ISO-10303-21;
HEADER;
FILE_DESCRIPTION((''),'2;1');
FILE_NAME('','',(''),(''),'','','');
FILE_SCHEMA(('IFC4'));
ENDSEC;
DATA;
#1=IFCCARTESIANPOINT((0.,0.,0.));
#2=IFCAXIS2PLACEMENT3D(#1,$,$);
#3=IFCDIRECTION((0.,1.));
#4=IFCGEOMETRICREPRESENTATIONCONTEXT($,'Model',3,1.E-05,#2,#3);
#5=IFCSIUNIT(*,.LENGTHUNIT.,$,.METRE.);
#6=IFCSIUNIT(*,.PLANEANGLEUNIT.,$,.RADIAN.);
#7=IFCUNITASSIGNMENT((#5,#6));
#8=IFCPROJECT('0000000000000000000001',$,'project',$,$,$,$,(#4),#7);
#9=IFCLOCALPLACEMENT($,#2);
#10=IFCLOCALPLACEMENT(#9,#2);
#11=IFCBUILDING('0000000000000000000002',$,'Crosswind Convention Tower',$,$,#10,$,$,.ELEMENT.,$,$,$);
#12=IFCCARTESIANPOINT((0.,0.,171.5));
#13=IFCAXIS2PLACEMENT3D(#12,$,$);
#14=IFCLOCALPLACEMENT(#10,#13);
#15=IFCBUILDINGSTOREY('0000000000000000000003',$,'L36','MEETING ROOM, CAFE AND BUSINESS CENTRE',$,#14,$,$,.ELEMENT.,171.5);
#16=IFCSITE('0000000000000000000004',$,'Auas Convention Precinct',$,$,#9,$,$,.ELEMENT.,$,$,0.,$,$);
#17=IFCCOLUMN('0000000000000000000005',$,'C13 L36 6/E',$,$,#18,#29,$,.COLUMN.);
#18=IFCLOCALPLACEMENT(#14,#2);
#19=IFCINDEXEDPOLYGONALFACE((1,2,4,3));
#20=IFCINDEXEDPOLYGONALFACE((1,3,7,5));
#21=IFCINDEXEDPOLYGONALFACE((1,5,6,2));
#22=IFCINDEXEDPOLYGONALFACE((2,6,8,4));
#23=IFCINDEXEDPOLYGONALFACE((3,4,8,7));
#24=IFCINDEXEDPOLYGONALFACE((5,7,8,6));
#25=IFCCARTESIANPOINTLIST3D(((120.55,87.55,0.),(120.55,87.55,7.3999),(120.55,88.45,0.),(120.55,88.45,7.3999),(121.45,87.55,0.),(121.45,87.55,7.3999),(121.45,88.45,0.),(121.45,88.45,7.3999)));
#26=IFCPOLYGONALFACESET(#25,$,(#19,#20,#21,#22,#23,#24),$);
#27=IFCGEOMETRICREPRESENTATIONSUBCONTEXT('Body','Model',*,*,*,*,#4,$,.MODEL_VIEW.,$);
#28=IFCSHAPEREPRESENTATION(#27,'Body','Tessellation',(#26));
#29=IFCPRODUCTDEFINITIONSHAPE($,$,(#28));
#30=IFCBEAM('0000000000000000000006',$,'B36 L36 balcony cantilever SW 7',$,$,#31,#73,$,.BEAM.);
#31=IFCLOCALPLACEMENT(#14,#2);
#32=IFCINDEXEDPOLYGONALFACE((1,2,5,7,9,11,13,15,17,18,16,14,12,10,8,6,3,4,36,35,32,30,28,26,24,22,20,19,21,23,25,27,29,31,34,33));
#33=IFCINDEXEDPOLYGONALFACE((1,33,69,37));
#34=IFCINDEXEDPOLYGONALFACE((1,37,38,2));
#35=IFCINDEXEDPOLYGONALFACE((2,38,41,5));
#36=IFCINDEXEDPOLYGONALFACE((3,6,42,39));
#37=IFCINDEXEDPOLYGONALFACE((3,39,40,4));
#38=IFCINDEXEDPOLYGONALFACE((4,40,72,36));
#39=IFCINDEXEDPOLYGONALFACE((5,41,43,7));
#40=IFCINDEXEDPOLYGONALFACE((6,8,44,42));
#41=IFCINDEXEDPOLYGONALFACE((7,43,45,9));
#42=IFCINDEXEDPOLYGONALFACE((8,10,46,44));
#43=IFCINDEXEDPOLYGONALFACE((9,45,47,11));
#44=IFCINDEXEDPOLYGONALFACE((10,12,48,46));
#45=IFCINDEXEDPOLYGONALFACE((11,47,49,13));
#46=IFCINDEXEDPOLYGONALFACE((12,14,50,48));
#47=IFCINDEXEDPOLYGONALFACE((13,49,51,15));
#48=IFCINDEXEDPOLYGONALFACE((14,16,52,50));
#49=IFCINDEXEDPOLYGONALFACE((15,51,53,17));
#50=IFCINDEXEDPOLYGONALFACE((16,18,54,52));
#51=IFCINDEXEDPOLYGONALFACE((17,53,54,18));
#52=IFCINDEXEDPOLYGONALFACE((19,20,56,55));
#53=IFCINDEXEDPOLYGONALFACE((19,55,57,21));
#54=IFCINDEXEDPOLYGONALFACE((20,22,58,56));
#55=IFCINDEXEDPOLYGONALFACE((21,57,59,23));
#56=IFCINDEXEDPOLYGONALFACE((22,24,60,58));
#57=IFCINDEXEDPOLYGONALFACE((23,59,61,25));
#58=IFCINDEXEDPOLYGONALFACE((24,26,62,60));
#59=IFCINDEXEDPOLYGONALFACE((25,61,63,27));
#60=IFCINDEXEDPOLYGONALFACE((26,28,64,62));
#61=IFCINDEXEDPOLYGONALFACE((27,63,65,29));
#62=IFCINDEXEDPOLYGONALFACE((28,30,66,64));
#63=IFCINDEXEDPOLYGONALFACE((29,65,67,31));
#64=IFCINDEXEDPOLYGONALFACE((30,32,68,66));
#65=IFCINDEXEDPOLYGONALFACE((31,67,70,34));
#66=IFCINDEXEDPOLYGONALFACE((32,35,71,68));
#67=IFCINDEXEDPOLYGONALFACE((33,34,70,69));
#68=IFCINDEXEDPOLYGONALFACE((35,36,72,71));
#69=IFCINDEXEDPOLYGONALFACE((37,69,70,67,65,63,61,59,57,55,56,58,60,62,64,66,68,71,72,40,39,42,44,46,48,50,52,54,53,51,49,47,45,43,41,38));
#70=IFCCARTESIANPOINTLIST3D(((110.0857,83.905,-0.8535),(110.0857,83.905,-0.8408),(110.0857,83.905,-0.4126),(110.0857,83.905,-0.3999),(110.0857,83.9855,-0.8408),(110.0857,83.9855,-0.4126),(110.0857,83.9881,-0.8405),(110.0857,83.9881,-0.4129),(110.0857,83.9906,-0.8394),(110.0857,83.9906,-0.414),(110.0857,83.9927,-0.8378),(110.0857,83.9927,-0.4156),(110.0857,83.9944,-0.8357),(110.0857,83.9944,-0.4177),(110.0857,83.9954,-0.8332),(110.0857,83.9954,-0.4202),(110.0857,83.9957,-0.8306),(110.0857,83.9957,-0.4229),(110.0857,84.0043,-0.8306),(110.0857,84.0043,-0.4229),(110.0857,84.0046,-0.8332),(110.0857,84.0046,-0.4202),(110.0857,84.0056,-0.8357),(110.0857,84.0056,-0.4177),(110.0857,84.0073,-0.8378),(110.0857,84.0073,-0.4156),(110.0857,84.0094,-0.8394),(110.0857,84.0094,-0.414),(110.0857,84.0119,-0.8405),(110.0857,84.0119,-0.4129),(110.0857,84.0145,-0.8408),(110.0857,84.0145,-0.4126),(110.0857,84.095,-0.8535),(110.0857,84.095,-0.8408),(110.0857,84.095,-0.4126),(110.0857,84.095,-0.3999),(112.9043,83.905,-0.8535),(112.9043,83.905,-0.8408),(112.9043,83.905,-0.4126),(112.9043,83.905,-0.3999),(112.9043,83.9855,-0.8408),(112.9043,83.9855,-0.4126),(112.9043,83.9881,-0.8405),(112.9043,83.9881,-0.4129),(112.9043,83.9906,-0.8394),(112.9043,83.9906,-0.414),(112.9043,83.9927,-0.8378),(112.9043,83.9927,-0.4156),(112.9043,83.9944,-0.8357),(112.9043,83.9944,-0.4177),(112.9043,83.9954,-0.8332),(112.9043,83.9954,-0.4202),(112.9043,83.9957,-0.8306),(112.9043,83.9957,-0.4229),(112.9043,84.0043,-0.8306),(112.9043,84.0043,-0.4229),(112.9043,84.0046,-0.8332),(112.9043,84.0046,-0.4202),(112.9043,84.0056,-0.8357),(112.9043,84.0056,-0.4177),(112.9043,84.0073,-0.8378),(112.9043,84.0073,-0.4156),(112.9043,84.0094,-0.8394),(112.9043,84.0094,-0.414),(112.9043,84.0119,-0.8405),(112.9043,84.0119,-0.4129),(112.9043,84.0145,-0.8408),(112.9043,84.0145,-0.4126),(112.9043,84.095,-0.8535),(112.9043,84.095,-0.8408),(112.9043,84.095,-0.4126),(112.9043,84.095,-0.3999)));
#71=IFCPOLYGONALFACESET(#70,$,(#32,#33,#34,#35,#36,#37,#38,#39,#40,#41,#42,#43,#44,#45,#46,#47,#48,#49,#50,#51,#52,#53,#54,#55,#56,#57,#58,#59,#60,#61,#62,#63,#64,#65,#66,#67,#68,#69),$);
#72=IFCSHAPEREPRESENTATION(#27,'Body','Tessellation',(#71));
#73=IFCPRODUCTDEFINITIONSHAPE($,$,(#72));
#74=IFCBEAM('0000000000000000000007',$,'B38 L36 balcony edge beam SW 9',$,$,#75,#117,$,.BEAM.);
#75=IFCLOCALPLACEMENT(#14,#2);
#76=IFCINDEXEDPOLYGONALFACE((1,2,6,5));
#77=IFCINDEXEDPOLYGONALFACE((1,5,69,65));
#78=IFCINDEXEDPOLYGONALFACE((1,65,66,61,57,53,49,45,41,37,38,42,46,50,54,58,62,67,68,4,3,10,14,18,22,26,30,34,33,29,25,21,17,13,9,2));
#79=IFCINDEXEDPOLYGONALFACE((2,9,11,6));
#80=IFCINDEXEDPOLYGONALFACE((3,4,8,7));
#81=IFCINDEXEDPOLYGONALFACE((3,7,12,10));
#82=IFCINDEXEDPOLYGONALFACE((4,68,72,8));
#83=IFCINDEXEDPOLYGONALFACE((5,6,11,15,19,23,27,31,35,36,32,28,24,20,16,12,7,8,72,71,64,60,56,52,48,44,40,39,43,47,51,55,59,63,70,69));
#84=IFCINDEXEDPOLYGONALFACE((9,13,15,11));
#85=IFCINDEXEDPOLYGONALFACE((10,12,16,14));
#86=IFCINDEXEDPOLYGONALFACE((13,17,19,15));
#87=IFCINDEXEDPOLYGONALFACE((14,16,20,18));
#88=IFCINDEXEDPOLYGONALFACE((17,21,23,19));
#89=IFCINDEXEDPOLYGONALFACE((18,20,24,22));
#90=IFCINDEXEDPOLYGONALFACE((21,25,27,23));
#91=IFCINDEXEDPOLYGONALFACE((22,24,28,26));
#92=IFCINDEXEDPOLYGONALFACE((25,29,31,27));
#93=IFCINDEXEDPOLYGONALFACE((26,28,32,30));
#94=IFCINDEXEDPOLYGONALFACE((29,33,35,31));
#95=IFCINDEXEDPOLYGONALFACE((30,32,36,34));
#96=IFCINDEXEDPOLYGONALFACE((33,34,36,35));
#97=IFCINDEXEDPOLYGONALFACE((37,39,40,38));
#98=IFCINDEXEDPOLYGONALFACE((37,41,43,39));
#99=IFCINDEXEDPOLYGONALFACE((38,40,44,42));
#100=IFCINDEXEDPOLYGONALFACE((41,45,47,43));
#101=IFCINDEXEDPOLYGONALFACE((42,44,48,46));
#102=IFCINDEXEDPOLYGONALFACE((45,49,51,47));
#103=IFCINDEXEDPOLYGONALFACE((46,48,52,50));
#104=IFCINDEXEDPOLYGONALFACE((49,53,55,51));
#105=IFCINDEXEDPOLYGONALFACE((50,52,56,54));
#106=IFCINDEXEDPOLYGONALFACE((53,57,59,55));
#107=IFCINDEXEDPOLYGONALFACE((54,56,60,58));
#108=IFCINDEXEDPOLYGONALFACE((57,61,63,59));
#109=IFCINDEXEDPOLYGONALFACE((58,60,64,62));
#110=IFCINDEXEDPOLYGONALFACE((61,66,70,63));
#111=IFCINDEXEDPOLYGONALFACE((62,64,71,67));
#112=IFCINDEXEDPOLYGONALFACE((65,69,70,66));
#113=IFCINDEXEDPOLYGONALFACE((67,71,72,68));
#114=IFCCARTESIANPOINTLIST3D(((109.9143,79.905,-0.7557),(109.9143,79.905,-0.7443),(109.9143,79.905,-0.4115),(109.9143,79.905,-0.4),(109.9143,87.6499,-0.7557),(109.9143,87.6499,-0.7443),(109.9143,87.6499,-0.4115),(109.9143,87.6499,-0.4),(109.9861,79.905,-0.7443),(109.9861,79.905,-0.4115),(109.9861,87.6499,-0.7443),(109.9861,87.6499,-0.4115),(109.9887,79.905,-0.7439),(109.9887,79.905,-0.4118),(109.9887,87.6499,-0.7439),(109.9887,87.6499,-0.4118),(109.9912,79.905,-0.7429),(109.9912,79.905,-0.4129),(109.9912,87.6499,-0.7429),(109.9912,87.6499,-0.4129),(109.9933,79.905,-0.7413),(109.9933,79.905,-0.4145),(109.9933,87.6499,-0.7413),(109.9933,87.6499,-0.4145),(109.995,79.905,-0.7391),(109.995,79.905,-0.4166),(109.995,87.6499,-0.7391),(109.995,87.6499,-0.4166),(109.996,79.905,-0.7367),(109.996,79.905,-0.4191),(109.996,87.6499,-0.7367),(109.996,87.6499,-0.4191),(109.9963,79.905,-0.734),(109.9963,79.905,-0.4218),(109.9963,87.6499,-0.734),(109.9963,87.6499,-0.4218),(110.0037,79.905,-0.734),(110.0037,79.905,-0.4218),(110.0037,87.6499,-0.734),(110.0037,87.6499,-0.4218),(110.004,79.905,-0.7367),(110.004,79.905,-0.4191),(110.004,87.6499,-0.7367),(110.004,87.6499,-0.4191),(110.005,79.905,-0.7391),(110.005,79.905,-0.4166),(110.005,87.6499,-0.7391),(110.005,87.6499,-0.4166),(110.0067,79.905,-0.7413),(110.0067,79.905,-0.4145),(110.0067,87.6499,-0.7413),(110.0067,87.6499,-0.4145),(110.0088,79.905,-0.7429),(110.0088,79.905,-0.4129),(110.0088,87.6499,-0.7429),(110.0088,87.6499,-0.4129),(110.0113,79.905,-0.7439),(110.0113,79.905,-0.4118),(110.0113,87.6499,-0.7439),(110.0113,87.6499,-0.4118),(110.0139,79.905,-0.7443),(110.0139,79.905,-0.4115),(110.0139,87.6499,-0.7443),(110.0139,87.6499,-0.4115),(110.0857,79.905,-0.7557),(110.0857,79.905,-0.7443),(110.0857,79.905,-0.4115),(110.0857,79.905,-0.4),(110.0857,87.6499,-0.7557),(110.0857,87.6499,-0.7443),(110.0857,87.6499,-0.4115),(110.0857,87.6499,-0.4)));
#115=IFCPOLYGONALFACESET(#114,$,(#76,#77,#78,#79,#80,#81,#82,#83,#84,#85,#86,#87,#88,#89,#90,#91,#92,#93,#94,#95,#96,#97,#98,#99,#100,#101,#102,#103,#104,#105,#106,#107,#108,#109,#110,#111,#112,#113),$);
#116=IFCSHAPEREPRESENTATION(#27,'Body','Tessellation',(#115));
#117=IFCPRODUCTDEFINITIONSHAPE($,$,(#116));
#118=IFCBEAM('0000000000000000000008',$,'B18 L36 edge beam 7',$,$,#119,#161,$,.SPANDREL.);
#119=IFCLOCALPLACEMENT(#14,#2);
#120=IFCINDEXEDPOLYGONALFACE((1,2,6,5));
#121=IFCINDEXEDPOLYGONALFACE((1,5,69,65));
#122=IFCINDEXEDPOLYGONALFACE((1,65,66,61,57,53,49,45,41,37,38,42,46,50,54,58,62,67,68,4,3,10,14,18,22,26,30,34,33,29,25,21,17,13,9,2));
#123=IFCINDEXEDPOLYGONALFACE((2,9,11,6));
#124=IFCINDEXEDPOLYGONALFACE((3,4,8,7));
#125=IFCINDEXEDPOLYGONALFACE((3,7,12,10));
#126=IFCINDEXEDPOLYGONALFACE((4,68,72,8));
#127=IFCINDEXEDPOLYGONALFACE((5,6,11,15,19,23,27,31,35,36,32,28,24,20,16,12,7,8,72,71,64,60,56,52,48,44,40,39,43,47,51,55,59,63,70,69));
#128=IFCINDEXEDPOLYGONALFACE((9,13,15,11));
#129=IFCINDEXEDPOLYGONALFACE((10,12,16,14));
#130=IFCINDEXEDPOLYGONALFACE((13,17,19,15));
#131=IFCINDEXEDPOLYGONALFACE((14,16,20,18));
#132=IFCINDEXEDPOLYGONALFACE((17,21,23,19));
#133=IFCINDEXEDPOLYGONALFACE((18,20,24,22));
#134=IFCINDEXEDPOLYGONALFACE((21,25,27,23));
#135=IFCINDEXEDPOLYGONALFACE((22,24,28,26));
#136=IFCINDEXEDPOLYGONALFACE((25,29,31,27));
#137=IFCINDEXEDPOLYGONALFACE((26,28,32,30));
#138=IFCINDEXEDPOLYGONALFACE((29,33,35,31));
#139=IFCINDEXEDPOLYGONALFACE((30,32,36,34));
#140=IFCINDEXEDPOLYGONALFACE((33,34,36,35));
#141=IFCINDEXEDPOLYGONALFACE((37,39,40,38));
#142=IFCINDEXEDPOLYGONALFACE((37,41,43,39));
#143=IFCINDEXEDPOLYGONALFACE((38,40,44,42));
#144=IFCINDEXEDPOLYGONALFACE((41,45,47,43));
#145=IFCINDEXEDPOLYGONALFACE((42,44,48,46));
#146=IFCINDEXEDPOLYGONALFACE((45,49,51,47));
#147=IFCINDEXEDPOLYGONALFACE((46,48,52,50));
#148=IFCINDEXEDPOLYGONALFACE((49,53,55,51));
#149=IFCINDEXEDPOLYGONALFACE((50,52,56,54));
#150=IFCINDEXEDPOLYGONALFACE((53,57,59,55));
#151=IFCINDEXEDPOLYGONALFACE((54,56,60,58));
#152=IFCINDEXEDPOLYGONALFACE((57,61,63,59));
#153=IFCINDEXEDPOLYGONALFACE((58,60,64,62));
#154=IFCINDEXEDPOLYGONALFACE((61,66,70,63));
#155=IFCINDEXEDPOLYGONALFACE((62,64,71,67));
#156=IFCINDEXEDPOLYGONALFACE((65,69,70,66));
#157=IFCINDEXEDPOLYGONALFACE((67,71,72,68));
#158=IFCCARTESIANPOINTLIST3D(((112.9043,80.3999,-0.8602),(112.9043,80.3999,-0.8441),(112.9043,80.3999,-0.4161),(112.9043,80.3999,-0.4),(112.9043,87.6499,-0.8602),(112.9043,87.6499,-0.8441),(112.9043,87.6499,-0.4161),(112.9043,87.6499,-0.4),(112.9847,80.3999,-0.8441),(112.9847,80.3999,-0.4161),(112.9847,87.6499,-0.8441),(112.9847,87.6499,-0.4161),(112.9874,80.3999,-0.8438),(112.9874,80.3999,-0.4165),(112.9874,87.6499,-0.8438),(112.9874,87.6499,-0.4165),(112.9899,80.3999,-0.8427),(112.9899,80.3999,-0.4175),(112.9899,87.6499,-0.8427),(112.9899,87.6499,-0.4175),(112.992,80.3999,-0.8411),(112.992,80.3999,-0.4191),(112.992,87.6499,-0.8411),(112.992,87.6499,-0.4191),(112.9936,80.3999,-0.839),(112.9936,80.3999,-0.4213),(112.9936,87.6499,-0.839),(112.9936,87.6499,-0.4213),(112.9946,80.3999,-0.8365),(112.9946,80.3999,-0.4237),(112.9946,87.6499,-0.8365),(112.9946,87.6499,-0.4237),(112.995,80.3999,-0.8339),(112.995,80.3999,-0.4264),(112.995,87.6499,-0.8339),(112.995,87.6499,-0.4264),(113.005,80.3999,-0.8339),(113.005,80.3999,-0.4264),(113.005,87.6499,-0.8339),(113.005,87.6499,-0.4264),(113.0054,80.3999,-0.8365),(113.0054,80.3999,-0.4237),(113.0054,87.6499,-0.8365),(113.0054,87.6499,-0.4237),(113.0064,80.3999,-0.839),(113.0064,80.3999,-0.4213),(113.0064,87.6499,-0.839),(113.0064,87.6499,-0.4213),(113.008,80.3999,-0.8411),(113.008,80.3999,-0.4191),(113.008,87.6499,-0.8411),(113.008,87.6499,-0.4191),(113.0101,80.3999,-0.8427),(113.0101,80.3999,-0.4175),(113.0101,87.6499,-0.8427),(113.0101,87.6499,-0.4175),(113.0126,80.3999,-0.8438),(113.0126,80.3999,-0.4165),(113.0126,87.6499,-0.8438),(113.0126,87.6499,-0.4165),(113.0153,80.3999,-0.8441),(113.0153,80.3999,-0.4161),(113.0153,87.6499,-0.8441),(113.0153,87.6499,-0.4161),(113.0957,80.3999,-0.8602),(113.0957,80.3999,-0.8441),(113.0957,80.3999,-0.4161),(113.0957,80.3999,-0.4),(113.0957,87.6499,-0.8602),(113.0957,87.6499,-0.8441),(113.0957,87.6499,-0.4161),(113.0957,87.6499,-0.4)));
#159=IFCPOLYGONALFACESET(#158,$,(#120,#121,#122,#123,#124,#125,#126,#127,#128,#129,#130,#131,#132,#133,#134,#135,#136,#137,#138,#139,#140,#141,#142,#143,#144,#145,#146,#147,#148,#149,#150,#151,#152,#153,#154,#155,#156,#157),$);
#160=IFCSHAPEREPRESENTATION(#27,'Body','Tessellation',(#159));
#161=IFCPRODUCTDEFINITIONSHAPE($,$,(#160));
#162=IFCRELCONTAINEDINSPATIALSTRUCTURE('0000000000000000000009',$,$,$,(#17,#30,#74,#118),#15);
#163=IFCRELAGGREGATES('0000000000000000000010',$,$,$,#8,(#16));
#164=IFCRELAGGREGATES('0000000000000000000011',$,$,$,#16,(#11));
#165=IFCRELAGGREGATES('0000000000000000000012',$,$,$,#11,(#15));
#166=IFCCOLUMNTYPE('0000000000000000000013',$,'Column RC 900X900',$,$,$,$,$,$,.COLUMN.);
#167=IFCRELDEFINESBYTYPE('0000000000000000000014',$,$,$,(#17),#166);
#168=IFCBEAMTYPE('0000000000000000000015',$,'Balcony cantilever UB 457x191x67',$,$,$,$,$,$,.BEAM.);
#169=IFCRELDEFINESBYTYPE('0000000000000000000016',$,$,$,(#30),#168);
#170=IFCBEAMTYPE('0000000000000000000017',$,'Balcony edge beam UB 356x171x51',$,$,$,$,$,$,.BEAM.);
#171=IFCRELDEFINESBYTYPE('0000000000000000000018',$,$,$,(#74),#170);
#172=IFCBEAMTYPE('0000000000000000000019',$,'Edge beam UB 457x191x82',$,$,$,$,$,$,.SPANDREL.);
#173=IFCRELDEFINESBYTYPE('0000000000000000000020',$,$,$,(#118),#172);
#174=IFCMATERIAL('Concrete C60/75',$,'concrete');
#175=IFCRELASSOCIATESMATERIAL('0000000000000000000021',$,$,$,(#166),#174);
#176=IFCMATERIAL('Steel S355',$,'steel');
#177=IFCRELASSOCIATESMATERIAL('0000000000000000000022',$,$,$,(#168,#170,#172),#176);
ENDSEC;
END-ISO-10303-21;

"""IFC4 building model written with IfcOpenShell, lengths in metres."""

from ifc_helpers import new_model, si_unit, direction, frame, origin, origin_2d, place, context, subcontext, project, spatial, rectangle, i_section, extrude, material, material_profile, profile_set, type_object, element, save


model = new_model("IFC4")

# Units and contexts
model_context = context("Model", 3, precision=1e-05, world=origin(), true_north=direction((0.0, 1.0)))
body_context = subcontext(model_context, "Body", "Model", "MODEL_VIEW")
ifc_project = project(units=[si_unit("LENGTHUNIT", "METRE"), si_unit("PLANEANGLEUNIT", "RADIAN")], contexts=[model_context])

# Site, building, storey
site_placement = place(None, origin())
site = spatial("IfcSite", under=ifc_project, at=site_placement, Name="Auas Convention Precinct", CompositionType="ELEMENT", RefElevation=0.0)
building_placement = place(site_placement, origin())
building = spatial("IfcBuilding", under=site, at=building_placement, Name="Crosswind Convention Tower", CompositionType="ELEMENT")
storey_placement = place(building_placement, frame((0.0, 0.0, 171.5)))
storey = spatial("IfcBuildingStorey", under=building, at=storey_placement, Name="L36", Description="MEETING ROOM, CAFE AND BUSINESS CENTRE", CompositionType="ELEMENT", Elevation=171.5)

# Column
ifc_material_1 = material(Name="Concrete C60/75", Category="concrete")
ifc_material_profile_1 = material_profile(ifc_material_1, rectangle(XDim=0.8999, YDim=0.8999, at=origin_2d()), Name="RC 900X900")
ifc_profile_set_1 = profile_set([ifc_material_profile_1], Name="Concrete C60/75")
column_type = type_object("IfcColumnType", Name="Column RC 900X900", PredefinedType="COLUMN", material=ifc_profile_set_1)
column_placement = place(storey_placement, frame((121.0, 88.0, 0.0), z_axis=(0.0, 0.0, 1.0), x_axis=(1.0, 0.0, 0.0)))
element("IfcColumn", 1, at=column_placement, inside=storey, type_object=column_type, Name="C13 L36 6/E", PredefinedType="COLUMN", context=body_context, shape_type="SweptSolid", body=[
    extrude(rectangle(XDim=0.8999, YDim=0.8999, at=origin_2d()), origin(), (0.0, 0.0, 1.0), 7.3999),
])

# Beams
ifc_material_2 = material(Name="Steel S355", Category="steel")
ifc_material_profile_2 = material_profile(ifc_material_2, i_section(OverallWidth=0.1899, OverallDepth=0.4536, WebThickness=0.0085, FlangeThickness=0.0127, FilletRadius=0.0103, at=origin_2d()), Name="UB 457x191x67")
ifc_profile_set_2 = profile_set([ifc_material_profile_2], Name="Steel S355")
beam_type_1 = type_object("IfcBeamType", Name="Balcony cantilever UB 457x191x67", PredefinedType="BEAM", material=ifc_profile_set_2)
beam_1_placement = place(storey_placement, frame((112.9043, 84.0, -0.6267), z_axis=(-1.0, 0.0, 0.0), x_axis=(0.0, -1.0, 0.0)))
element("IfcBeam", 2, at=beam_1_placement, inside=storey, type_object=beam_type_1, Name="B36 L36 balcony cantilever SW 7", PredefinedType="BEAM", context=body_context, shape_type="SweptSolid", body=[
    extrude(i_section(OverallWidth=0.1899, OverallDepth=0.4536, WebThickness=0.0085, FlangeThickness=0.0127, FilletRadius=0.0103, at=origin_2d()), origin(), (0.0, 0.0, 1.0), 2.8186),
])
ifc_material_profile_3 = material_profile(ifc_material_2, i_section(OverallWidth=0.1714, OverallDepth=0.3557, WebThickness=0.0073, FlangeThickness=0.0115, FilletRadius=0.0103, at=origin_2d()), Name="UB 356x171x51")
ifc_profile_set_3 = profile_set([ifc_material_profile_3], Name="Steel S355")
beam_type_2 = type_object("IfcBeamType", Name="Balcony edge beam UB 356x171x51", PredefinedType="BEAM", material=ifc_profile_set_3)
beam_2_placement = place(storey_placement, frame((110.0, 87.6499, -0.5779), z_axis=(0.0, -1.0, 0.0), x_axis=(1.0, 0.0, 0.0)))
element("IfcBeam", 3, at=beam_2_placement, inside=storey, type_object=beam_type_2, Name="B38 L36 balcony edge beam SW 9", PredefinedType="BEAM", context=body_context, shape_type="SweptSolid", body=[
    extrude(i_section(OverallWidth=0.1714, OverallDepth=0.3557, WebThickness=0.0073, FlangeThickness=0.0115, FilletRadius=0.0103, at=origin_2d()), origin(), (0.0, 0.0, 1.0), 7.7449),
])
ifc_material_profile_4 = material_profile(ifc_material_2, i_section(OverallWidth=0.1914, OverallDepth=0.4602, WebThickness=0.01, FlangeThickness=0.0161, FilletRadius=0.0103, at=origin_2d()), Name="UB 457x191x82")
ifc_profile_set_4 = profile_set([ifc_material_profile_4], Name="Steel S355")
beam_type_3 = type_object("IfcBeamType", Name="Edge beam UB 457x191x82", PredefinedType="SPANDREL", material=ifc_profile_set_4)
beam_3_placement = place(storey_placement, frame((113.0, 80.3999, -0.6301), z_axis=(0.0, 1.0, 0.0), x_axis=(-1.0, 0.0, 0.0)))
element("IfcBeam", 4, at=beam_3_placement, inside=storey, type_object=beam_type_3, Name="B18 L36 edge beam 7", PredefinedType="SPANDREL", context=body_context, shape_type="SweptSolid", body=[
    extrude(i_section(OverallWidth=0.1914, OverallDepth=0.4602, WebThickness=0.01, FlangeThickness=0.0161, FilletRadius=0.0103, at=origin_2d()), origin(), (0.0, 0.0, 1.0), 7.25),
])

save(model, "model.ifc")
